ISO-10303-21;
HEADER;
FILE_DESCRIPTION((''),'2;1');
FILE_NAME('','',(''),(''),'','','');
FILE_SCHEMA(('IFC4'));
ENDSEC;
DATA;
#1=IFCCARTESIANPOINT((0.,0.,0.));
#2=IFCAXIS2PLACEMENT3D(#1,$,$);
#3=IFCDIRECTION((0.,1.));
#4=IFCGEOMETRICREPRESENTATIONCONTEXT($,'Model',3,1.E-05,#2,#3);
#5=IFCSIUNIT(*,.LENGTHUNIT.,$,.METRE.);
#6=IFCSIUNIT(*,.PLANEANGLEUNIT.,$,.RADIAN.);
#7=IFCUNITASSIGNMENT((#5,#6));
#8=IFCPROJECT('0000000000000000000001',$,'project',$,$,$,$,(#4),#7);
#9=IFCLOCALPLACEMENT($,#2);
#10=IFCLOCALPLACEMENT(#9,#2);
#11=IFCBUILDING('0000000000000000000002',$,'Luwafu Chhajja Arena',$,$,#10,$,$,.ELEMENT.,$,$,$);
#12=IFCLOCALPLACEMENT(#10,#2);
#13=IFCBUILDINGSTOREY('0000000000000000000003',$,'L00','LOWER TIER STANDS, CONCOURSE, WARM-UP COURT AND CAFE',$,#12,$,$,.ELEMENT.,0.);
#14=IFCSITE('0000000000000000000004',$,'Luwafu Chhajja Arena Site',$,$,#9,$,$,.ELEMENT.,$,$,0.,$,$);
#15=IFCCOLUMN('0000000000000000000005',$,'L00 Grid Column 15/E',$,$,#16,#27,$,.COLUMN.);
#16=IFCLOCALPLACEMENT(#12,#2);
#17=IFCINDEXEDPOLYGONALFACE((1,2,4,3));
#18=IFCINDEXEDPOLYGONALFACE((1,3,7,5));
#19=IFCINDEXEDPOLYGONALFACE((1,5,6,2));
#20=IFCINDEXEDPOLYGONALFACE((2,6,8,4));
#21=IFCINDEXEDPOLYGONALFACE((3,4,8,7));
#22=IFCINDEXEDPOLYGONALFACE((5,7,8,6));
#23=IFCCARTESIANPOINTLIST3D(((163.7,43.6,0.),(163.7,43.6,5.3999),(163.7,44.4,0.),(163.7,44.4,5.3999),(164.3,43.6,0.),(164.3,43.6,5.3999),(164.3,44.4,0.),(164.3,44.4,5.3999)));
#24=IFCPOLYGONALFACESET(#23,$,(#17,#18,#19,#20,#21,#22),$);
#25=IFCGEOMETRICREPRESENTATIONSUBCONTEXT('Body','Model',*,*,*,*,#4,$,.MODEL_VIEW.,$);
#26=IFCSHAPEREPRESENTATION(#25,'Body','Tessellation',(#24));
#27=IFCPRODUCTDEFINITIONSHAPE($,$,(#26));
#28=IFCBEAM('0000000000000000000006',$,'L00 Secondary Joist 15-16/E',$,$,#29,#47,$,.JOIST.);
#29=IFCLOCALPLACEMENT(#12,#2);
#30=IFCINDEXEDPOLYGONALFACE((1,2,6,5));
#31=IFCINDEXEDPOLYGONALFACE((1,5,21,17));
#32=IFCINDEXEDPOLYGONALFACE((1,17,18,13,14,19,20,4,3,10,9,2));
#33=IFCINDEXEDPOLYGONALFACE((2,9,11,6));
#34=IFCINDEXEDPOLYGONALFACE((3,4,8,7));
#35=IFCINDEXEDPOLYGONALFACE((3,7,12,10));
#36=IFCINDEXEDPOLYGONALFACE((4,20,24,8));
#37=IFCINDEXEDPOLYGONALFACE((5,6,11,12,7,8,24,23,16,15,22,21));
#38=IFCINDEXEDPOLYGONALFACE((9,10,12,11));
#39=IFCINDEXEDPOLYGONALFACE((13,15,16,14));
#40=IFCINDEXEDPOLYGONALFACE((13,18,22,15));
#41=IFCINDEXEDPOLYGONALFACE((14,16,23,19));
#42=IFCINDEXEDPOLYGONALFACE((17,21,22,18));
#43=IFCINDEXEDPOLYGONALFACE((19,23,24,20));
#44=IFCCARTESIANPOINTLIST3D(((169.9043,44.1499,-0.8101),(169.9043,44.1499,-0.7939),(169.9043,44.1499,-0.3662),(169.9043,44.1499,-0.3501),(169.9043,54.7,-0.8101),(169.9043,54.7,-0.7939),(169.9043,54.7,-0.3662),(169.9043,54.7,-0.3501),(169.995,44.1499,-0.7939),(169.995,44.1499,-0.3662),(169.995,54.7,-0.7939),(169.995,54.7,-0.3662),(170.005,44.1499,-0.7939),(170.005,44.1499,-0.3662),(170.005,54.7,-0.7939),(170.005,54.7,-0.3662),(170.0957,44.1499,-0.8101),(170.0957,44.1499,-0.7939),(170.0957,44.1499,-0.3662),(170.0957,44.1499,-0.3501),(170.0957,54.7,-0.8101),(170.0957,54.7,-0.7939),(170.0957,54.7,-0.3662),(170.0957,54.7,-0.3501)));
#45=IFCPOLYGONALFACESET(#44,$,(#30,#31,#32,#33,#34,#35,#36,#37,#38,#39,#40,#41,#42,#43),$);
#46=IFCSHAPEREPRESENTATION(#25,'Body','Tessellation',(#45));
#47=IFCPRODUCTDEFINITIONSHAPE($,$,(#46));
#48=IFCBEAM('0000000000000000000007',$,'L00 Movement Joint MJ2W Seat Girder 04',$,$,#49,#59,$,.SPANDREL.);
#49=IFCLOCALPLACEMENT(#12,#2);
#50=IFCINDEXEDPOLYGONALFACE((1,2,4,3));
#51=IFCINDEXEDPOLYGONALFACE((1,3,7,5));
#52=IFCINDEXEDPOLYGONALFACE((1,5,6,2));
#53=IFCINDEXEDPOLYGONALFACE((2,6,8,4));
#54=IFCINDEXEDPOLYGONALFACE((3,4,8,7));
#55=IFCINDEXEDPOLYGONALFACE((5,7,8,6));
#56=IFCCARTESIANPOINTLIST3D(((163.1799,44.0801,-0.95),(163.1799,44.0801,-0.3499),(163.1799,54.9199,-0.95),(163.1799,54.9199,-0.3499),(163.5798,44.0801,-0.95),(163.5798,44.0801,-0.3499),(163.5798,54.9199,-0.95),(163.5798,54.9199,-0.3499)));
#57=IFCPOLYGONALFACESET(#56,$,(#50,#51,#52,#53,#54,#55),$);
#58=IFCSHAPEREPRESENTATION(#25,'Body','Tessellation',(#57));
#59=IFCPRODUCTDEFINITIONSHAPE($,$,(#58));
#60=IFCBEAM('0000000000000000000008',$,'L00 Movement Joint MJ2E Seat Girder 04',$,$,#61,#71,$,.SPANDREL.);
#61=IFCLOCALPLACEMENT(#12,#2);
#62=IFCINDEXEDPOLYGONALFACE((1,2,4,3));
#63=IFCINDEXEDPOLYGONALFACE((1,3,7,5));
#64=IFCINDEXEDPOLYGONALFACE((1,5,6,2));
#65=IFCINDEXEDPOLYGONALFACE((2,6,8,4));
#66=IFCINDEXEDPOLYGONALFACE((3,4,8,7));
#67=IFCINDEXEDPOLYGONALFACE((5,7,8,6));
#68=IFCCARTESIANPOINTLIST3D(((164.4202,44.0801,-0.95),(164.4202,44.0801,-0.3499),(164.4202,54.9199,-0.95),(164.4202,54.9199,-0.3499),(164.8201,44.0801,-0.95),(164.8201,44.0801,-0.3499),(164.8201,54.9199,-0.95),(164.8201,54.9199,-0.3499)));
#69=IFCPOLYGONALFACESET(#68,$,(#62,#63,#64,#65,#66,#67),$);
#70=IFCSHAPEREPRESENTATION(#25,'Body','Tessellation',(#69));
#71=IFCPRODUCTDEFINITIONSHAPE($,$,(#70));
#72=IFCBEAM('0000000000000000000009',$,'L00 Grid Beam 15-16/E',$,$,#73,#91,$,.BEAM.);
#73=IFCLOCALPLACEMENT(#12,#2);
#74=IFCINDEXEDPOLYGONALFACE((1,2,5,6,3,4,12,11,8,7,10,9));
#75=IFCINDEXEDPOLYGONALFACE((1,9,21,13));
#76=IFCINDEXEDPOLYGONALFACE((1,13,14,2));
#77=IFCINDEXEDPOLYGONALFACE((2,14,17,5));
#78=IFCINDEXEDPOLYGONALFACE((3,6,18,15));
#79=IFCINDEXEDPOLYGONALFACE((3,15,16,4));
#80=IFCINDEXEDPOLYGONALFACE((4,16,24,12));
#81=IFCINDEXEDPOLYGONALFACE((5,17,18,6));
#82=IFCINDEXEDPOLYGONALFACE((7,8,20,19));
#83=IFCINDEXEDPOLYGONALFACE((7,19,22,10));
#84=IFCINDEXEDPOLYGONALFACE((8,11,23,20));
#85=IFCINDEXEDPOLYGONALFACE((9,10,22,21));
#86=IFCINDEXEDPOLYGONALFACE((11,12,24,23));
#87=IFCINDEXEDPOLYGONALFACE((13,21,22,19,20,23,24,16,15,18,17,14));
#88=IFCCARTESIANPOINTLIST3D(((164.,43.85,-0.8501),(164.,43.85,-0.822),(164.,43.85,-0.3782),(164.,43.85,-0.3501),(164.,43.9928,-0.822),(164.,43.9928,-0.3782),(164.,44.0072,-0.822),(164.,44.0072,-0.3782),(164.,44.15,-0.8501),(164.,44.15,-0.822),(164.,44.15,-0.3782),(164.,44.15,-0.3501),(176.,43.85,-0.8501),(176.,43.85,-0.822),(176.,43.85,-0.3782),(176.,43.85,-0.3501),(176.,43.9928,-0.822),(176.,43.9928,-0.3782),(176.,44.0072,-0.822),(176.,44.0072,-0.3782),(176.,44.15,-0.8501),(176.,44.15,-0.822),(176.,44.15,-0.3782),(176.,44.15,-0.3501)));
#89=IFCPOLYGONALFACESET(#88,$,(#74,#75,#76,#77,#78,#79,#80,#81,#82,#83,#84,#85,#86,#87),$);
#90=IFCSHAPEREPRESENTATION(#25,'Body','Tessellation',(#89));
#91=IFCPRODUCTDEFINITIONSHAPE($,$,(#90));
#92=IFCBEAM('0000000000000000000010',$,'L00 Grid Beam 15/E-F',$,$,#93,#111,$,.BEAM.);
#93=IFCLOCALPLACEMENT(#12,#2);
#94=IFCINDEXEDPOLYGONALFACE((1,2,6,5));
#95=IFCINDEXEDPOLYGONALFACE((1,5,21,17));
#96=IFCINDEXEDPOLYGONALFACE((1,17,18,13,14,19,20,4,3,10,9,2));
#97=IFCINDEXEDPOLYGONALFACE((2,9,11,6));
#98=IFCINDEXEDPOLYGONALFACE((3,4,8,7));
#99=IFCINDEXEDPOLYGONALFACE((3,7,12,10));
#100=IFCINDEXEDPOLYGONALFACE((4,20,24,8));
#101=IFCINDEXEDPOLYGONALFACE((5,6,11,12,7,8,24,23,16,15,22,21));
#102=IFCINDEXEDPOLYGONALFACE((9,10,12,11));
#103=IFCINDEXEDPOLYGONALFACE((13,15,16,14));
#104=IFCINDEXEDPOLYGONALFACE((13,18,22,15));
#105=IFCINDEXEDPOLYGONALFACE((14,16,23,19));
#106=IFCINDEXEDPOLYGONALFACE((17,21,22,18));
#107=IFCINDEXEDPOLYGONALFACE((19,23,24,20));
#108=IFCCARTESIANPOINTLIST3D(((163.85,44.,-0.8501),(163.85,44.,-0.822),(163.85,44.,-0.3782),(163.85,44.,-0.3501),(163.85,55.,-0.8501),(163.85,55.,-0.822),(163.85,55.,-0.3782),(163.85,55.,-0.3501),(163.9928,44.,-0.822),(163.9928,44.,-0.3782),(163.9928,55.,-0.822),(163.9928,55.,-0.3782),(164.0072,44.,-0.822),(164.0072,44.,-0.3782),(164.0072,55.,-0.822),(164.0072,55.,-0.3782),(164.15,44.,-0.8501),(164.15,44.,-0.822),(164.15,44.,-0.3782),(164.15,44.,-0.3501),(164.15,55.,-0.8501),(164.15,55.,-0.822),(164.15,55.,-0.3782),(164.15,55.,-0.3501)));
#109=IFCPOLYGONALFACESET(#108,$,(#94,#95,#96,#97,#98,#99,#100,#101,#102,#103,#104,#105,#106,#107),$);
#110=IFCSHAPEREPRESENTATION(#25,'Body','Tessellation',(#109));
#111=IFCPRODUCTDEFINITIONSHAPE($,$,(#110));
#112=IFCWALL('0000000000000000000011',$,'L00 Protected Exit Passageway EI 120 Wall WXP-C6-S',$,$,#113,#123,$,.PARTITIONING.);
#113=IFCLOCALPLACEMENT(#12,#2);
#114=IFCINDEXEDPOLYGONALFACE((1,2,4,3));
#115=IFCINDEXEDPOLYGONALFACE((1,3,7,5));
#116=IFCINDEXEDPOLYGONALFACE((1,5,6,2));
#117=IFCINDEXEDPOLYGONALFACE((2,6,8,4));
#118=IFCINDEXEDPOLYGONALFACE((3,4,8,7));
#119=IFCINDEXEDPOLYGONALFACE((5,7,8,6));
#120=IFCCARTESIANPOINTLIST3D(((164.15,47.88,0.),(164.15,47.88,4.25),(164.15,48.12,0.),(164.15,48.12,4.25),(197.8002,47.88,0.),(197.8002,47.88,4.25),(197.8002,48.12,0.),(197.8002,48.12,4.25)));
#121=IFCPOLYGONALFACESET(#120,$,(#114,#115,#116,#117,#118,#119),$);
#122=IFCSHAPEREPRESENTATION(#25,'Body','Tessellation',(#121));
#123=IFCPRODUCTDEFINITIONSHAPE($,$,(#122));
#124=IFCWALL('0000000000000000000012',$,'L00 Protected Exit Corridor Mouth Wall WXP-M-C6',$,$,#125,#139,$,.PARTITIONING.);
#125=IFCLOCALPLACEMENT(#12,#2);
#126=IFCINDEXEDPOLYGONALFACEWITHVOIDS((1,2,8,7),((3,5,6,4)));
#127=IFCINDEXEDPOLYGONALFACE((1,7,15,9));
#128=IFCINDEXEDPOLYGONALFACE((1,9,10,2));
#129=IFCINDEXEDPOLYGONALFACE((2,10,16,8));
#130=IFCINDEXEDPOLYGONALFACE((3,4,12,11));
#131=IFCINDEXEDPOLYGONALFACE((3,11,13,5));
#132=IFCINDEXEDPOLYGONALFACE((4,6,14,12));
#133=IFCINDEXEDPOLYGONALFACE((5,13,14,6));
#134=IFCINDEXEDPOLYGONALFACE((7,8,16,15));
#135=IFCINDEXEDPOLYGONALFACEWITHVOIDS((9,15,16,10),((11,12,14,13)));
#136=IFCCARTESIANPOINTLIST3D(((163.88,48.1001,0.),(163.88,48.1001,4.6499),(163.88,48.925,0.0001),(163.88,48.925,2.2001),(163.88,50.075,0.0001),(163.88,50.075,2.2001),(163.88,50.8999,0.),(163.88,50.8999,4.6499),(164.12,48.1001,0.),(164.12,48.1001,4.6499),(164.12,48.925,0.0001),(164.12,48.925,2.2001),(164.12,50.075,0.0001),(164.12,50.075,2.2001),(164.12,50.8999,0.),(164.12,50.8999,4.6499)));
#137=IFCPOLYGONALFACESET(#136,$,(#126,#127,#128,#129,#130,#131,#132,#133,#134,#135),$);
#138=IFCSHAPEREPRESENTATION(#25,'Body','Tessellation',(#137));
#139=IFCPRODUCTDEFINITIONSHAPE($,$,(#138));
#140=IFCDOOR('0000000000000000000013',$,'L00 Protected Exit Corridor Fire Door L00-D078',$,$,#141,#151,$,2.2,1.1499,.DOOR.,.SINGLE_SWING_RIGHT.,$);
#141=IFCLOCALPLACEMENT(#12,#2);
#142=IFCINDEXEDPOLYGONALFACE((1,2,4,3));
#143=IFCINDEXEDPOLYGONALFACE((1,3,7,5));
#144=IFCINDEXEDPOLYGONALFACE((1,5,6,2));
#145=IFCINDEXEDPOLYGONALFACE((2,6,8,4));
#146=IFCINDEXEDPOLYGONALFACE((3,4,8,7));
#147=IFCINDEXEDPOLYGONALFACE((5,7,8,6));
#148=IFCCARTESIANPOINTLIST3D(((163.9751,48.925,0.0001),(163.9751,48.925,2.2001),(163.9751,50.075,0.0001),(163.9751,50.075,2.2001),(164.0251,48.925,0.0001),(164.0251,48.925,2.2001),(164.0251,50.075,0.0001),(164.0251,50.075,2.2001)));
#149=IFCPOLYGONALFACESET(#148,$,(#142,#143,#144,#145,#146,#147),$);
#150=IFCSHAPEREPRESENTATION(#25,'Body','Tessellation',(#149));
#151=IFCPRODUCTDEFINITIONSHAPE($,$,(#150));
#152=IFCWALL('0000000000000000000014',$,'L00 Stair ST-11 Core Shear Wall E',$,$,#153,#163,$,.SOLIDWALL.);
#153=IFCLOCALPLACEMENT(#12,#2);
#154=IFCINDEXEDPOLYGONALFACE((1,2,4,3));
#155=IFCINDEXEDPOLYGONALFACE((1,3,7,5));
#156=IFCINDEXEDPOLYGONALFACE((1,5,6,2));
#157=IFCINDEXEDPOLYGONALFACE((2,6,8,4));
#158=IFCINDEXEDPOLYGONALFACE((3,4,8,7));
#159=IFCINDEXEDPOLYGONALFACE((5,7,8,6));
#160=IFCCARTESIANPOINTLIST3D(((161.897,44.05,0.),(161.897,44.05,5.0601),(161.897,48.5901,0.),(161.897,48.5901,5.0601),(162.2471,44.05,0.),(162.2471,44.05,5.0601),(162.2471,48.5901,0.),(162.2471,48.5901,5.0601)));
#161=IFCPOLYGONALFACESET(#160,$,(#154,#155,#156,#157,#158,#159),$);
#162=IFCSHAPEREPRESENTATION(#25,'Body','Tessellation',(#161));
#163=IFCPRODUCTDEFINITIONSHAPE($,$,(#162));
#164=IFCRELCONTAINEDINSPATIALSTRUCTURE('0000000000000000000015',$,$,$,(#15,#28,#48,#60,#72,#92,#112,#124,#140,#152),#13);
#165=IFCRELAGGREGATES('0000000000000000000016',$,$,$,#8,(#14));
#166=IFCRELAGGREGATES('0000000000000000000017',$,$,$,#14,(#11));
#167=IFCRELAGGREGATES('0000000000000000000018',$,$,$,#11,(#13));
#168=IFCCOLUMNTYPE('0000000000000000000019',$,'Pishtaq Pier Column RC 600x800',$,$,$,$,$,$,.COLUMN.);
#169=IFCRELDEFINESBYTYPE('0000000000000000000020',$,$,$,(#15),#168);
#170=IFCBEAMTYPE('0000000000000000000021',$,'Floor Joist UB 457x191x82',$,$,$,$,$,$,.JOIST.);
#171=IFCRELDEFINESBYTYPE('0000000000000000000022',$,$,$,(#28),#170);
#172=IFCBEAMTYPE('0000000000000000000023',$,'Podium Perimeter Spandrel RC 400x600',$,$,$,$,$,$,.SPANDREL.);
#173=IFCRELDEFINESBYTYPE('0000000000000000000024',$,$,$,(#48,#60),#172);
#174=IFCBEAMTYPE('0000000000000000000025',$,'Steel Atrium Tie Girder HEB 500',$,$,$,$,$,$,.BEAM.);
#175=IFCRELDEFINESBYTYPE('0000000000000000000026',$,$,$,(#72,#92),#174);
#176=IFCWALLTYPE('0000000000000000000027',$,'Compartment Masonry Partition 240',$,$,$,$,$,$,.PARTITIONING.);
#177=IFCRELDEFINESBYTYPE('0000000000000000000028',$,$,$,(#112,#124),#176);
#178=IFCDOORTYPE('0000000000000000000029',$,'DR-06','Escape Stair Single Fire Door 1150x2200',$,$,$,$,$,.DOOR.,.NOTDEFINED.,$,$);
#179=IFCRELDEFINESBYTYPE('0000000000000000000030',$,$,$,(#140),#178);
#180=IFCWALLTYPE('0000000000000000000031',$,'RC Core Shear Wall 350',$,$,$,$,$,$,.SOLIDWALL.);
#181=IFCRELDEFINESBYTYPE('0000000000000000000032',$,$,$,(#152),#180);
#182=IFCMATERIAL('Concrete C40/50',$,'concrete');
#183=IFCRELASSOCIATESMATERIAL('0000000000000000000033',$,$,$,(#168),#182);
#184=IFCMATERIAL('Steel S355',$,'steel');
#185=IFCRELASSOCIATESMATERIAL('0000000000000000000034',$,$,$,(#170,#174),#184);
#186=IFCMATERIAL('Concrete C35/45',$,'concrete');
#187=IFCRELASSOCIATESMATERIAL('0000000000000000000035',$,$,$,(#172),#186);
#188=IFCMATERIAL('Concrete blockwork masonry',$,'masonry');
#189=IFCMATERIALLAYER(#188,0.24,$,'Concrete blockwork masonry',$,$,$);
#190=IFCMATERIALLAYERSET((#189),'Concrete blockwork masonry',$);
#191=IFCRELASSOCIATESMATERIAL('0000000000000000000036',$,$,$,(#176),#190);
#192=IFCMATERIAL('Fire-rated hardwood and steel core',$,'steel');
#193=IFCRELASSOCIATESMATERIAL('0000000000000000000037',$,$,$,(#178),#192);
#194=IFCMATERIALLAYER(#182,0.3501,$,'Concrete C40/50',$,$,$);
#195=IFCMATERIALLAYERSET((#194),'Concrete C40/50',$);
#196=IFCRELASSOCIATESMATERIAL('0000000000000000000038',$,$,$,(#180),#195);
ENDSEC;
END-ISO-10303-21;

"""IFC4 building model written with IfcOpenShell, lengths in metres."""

from ifc_helpers import new_model, si_unit, direction, frame, frame_2d, origin, origin_2d, place, context, subcontext, project, spatial, rectangle, i_section, extrude, material, layer, layer_set, material_profile, profile_set, type_object, element, fill, save


model = new_model("IFC4")

# Units and contexts
model_context = context("Model", 3, precision=1e-05, world=origin(), true_north=direction((0.0, 1.0)))
body_context = subcontext(model_context, "Body", "Model", "MODEL_VIEW")
ifc_project = project(units=[si_unit("LENGTHUNIT", "METRE"), si_unit("PLANEANGLEUNIT", "RADIAN")], contexts=[model_context])

# Site, building, storey
site_placement = place(None, origin())
site = spatial("IfcSite", under=ifc_project, at=site_placement, Name="Luwafu Chhajja Arena Site", CompositionType="ELEMENT", RefElevation=0.0)
building_placement = place(site_placement, origin())
building = spatial("IfcBuilding", under=site, at=building_placement, Name="Luwafu Chhajja Arena", CompositionType="ELEMENT")
storey_placement = place(building_placement, origin())
storey = spatial("IfcBuildingStorey", under=building, at=storey_placement, Name="L00", Description="LOWER TIER STANDS, CONCOURSE, WARM-UP COURT AND CAFE", CompositionType="ELEMENT", Elevation=0.0)

# Column
ifc_material_1 = material(Name="Concrete C40/50", Category="concrete")
ifc_material_profile_1 = material_profile(ifc_material_1, rectangle(XDim=0.6001, YDim=0.8, at=origin_2d()), Name="RC 600x800")
ifc_profile_set_1 = profile_set([ifc_material_profile_1], Name="Concrete C40/50")
column_type = type_object("IfcColumnType", Name="Pishtaq Pier Column RC 600x800", PredefinedType="COLUMN", material=ifc_profile_set_1)
column_placement = place(storey_placement, frame((164.0, 44.0, 0.0), z_axis=(0.0, 0.0, 1.0), x_axis=(1.0, 0.0, 0.0)))
element("IfcColumn", 1, at=column_placement, inside=storey, type_object=column_type, Name="L00 Grid Column 15/E", PredefinedType="COLUMN", context=body_context, shape_type="SweptSolid", body=[
    extrude(rectangle(XDim=0.6001, YDim=0.8, at=origin_2d()), origin(), (0.0, 0.0, 1.0), 5.3999),
])

# Beams
ifc_material_2 = material(Name="Steel S355", Category="steel")
ifc_material_profile_2 = material_profile(ifc_material_2, i_section(OverallWidth=0.1914, OverallDepth=0.46, WebThickness=0.01, FlangeThickness=0.0161, at=origin_2d()), Name="UB 457x191x82")
ifc_profile_set_2 = profile_set([ifc_material_profile_2], Name="Steel S355")
beam_type_1 = type_object("IfcBeamType", Name="Floor Joist UB 457x191x82", PredefinedType="JOIST", material=ifc_profile_set_2)
beam_1_placement = place(storey_placement, frame((170.0, 44.1499, -0.5801), z_axis=(0.0, 1.0, 0.0), x_axis=(-1.0, 0.0, 0.0)))
element("IfcBeam", 2, at=beam_1_placement, inside=storey, type_object=beam_type_1, Name="L00 Secondary Joist 15-16/E", PredefinedType="JOIST", context=body_context, shape_type="SweptSolid", body=[
    extrude(i_section(OverallWidth=0.1914, OverallDepth=0.46, WebThickness=0.01, FlangeThickness=0.0161, at=origin_2d()), origin(), (0.0, 0.0, 1.0), 10.55),
])
ifc_material_3 = material(Name="Concrete C35/45", Category="concrete")
ifc_material_profile_3 = material_profile(ifc_material_3, rectangle(XDim=0.3999, YDim=0.6001, at=origin_2d()), Name="RC 400x600")
ifc_profile_set_3 = profile_set([ifc_material_profile_3], Name="Concrete C35/45")
beam_type_2 = type_object("IfcBeamType", Name="Podium Perimeter Spandrel RC 400x600", PredefinedType="SPANDREL", material=ifc_profile_set_3)
for number, where, z_axis, x_axis, name in (
    (3, (163.3799, 44.0801, -0.6499), (0.0, 1.0, 0.0), (-1.0, 0.0, 0.0), "L00 Movement Joint MJ2W Seat Girder 04"),
    (4, (164.6201, 44.0801, -0.6499), (0.0, 1.0, 0.0), (-1.0, 0.0, 0.0), "L00 Movement Joint MJ2E Seat Girder 04"),
):
    element("IfcBeam", number, at=place(storey_placement, frame(where, z_axis=z_axis, x_axis=x_axis)), inside=storey, type_object=beam_type_2, Name=name, PredefinedType="SPANDREL", context=body_context, shape_type="SweptSolid", body=[
        extrude(rectangle(XDim=0.3999, YDim=0.6001, at=origin_2d()), origin(), (0.0, 0.0, 1.0), 10.8398),
    ])
ifc_material_profile_4 = material_profile(ifc_material_2, i_section(OverallWidth=0.3, OverallDepth=0.5, WebThickness=0.0144, FlangeThickness=0.0281, at=origin_2d()), Name="HEB 500")
ifc_profile_set_4 = profile_set([ifc_material_profile_4], Name="Steel S355")
beam_type_3 = type_object("IfcBeamType", Name="Steel Atrium Tie Girder HEB 500", PredefinedType="BEAM", material=ifc_profile_set_4)
beam_2_placement = place(storey_placement, frame((164.0, 44.0, -0.6001), z_axis=(1.0, 0.0, 0.0), x_axis=(0.0, 1.0, 0.0)))
element("IfcBeam", 5, at=beam_2_placement, inside=storey, type_object=beam_type_3, Name="L00 Grid Beam 15-16/E", PredefinedType="BEAM", context=body_context, shape_type="SweptSolid", body=[
    extrude(i_section(OverallWidth=0.3, OverallDepth=0.5, WebThickness=0.0144, FlangeThickness=0.0281, at=origin_2d()), origin(), (0.0, 0.0, 1.0), 12.0),
])
beam_3_placement = place(storey_placement, frame((164.0, 44.0, -0.6001), z_axis=(0.0, 1.0, 0.0), x_axis=(-1.0, 0.0, 0.0)))
element("IfcBeam", 6, at=beam_3_placement, inside=storey, type_object=beam_type_3, Name="L00 Grid Beam 15/E-F", PredefinedType="BEAM", context=body_context, shape_type="SweptSolid", body=[
    extrude(i_section(OverallWidth=0.3, OverallDepth=0.5, WebThickness=0.0144, FlangeThickness=0.0281, at=origin_2d()), origin(), (0.0, 0.0, 1.0), 11.0),
])

# Wall
ifc_material_4 = material(Name="Concrete blockwork masonry", Category="masonry")
ifc_layer_1 = layer(ifc_material_4, 0.24, Name="Concrete blockwork masonry")
ifc_layer_set_1 = layer_set([ifc_layer_1], Name="Concrete blockwork masonry")
wall_type_1 = type_object("IfcWallType", Name="Compartment Masonry Partition 240", PredefinedType="PARTITIONING", material=ifc_layer_set_1)
wall_1_placement = place(storey_placement, frame((164.1499, 48.0, 0.0), z_axis=(0.0, 0.0, 1.0), x_axis=(1.0, 0.0, 0.0)))
element("IfcWall", 7, at=wall_1_placement, inside=storey, type_object=wall_type_1, Name="L00 Protected Exit Passageway EI 120 Wall WXP-C6-S", PredefinedType="PARTITIONING", context=body_context, shape_type="SweptSolid", body=[
    extrude(rectangle(XDim=33.6501, YDim=0.24, at=frame_2d((16.8252, 0.0))), origin(), (0.0, 0.0, 1.0), 4.25),
])

# Wall, opening, door
wall_2_placement = place(storey_placement, frame((164.0, 48.1001, 0.0), z_axis=(0.0, 0.0, 1.0), x_axis=(0.0, 1.0, 0.0)))
wall_2 = element("IfcWall", 8, at=wall_2_placement, inside=storey, type_object=wall_type_1, Name="L00 Protected Exit Corridor Mouth Wall WXP-M-C6", PredefinedType="PARTITIONING", context=body_context, shape_type="SweptSolid", body=[
    extrude(rectangle(XDim=2.7998, YDim=0.24, at=frame_2d((1.3999, 0.0))), origin(), (0.0, 0.0, 1.0), 4.6499),
])
opening_placement = place(wall_2_placement, frame((0.825, 0.0, 0.0)))
opening = element("IfcOpeningElement", 9, at=opening_placement, cuts=wall_2, PredefinedType="OPENING", context=body_context, shape_type="SweptSolid", body=[
    extrude(rectangle(XDim=1.1499, YDim=2.2, at=frame_2d((0.575, 1.1001))), frame((0.0, 0.1299, 0.0), z_axis=(0.0, -1.0, 0.0), x_axis=(1.0, 0.0, 0.0)), (0.0, 0.0, 1.0), 0.26),
])
ifc_material_5 = material(Name="Fire-rated hardwood and steel core", Category="steel")
door_type = type_object("IfcDoorType", Name="DR-06", Description="Escape Stair Single Fire Door 1150x2200", OperationType="NOTDEFINED", PredefinedType="DOOR", material=ifc_material_5)
door_placement = place(opening_placement, origin())
door = element("IfcDoor", 10, at=door_placement, inside=storey, type_object=door_type, Name="L00 Protected Exit Corridor Fire Door L00-D078", OperationType="SINGLE_SWING_RIGHT", OverallHeight=2.2, OverallWidth=1.1499, PredefinedType="DOOR", context=body_context, shape_type="SweptSolid", body=[
    extrude(rectangle(XDim=1.1499, YDim=2.2, at=frame_2d((0.575, 1.1001))), frame((0.0, 0.0249, 0.0), z_axis=(0.0, -1.0, 0.0), x_axis=(1.0, 0.0, 0.0)), (0.0, 0.0, 1.0), 0.05),
])
fill(opening, door)

# Wall
ifc_layer_2 = layer(ifc_material_1, 0.3501, Name="Concrete C40/50")
ifc_layer_set_2 = layer_set([ifc_layer_2], Name="Concrete C40/50")
wall_type_2 = type_object("IfcWallType", Name="RC Core Shear Wall 350", PredefinedType="SOLIDWALL", material=ifc_layer_set_2)
wall_3_placement = place(storey_placement, frame((162.072, 44.05, 0.0), z_axis=(0.0, 0.0, 1.0), x_axis=(0.0, 1.0, 0.0)))
element("IfcWall", 11, at=wall_3_placement, inside=storey, type_object=wall_type_2, Name="L00 Stair ST-11 Core Shear Wall E", PredefinedType="SOLIDWALL", context=body_context, shape_type="SweptSolid", body=[
    extrude(rectangle(XDim=4.54, YDim=0.3501, at=frame_2d((2.27, 0.0))), origin(), (0.0, 0.0, 1.0), 5.0601),
])

save(model, "model.ifc")
